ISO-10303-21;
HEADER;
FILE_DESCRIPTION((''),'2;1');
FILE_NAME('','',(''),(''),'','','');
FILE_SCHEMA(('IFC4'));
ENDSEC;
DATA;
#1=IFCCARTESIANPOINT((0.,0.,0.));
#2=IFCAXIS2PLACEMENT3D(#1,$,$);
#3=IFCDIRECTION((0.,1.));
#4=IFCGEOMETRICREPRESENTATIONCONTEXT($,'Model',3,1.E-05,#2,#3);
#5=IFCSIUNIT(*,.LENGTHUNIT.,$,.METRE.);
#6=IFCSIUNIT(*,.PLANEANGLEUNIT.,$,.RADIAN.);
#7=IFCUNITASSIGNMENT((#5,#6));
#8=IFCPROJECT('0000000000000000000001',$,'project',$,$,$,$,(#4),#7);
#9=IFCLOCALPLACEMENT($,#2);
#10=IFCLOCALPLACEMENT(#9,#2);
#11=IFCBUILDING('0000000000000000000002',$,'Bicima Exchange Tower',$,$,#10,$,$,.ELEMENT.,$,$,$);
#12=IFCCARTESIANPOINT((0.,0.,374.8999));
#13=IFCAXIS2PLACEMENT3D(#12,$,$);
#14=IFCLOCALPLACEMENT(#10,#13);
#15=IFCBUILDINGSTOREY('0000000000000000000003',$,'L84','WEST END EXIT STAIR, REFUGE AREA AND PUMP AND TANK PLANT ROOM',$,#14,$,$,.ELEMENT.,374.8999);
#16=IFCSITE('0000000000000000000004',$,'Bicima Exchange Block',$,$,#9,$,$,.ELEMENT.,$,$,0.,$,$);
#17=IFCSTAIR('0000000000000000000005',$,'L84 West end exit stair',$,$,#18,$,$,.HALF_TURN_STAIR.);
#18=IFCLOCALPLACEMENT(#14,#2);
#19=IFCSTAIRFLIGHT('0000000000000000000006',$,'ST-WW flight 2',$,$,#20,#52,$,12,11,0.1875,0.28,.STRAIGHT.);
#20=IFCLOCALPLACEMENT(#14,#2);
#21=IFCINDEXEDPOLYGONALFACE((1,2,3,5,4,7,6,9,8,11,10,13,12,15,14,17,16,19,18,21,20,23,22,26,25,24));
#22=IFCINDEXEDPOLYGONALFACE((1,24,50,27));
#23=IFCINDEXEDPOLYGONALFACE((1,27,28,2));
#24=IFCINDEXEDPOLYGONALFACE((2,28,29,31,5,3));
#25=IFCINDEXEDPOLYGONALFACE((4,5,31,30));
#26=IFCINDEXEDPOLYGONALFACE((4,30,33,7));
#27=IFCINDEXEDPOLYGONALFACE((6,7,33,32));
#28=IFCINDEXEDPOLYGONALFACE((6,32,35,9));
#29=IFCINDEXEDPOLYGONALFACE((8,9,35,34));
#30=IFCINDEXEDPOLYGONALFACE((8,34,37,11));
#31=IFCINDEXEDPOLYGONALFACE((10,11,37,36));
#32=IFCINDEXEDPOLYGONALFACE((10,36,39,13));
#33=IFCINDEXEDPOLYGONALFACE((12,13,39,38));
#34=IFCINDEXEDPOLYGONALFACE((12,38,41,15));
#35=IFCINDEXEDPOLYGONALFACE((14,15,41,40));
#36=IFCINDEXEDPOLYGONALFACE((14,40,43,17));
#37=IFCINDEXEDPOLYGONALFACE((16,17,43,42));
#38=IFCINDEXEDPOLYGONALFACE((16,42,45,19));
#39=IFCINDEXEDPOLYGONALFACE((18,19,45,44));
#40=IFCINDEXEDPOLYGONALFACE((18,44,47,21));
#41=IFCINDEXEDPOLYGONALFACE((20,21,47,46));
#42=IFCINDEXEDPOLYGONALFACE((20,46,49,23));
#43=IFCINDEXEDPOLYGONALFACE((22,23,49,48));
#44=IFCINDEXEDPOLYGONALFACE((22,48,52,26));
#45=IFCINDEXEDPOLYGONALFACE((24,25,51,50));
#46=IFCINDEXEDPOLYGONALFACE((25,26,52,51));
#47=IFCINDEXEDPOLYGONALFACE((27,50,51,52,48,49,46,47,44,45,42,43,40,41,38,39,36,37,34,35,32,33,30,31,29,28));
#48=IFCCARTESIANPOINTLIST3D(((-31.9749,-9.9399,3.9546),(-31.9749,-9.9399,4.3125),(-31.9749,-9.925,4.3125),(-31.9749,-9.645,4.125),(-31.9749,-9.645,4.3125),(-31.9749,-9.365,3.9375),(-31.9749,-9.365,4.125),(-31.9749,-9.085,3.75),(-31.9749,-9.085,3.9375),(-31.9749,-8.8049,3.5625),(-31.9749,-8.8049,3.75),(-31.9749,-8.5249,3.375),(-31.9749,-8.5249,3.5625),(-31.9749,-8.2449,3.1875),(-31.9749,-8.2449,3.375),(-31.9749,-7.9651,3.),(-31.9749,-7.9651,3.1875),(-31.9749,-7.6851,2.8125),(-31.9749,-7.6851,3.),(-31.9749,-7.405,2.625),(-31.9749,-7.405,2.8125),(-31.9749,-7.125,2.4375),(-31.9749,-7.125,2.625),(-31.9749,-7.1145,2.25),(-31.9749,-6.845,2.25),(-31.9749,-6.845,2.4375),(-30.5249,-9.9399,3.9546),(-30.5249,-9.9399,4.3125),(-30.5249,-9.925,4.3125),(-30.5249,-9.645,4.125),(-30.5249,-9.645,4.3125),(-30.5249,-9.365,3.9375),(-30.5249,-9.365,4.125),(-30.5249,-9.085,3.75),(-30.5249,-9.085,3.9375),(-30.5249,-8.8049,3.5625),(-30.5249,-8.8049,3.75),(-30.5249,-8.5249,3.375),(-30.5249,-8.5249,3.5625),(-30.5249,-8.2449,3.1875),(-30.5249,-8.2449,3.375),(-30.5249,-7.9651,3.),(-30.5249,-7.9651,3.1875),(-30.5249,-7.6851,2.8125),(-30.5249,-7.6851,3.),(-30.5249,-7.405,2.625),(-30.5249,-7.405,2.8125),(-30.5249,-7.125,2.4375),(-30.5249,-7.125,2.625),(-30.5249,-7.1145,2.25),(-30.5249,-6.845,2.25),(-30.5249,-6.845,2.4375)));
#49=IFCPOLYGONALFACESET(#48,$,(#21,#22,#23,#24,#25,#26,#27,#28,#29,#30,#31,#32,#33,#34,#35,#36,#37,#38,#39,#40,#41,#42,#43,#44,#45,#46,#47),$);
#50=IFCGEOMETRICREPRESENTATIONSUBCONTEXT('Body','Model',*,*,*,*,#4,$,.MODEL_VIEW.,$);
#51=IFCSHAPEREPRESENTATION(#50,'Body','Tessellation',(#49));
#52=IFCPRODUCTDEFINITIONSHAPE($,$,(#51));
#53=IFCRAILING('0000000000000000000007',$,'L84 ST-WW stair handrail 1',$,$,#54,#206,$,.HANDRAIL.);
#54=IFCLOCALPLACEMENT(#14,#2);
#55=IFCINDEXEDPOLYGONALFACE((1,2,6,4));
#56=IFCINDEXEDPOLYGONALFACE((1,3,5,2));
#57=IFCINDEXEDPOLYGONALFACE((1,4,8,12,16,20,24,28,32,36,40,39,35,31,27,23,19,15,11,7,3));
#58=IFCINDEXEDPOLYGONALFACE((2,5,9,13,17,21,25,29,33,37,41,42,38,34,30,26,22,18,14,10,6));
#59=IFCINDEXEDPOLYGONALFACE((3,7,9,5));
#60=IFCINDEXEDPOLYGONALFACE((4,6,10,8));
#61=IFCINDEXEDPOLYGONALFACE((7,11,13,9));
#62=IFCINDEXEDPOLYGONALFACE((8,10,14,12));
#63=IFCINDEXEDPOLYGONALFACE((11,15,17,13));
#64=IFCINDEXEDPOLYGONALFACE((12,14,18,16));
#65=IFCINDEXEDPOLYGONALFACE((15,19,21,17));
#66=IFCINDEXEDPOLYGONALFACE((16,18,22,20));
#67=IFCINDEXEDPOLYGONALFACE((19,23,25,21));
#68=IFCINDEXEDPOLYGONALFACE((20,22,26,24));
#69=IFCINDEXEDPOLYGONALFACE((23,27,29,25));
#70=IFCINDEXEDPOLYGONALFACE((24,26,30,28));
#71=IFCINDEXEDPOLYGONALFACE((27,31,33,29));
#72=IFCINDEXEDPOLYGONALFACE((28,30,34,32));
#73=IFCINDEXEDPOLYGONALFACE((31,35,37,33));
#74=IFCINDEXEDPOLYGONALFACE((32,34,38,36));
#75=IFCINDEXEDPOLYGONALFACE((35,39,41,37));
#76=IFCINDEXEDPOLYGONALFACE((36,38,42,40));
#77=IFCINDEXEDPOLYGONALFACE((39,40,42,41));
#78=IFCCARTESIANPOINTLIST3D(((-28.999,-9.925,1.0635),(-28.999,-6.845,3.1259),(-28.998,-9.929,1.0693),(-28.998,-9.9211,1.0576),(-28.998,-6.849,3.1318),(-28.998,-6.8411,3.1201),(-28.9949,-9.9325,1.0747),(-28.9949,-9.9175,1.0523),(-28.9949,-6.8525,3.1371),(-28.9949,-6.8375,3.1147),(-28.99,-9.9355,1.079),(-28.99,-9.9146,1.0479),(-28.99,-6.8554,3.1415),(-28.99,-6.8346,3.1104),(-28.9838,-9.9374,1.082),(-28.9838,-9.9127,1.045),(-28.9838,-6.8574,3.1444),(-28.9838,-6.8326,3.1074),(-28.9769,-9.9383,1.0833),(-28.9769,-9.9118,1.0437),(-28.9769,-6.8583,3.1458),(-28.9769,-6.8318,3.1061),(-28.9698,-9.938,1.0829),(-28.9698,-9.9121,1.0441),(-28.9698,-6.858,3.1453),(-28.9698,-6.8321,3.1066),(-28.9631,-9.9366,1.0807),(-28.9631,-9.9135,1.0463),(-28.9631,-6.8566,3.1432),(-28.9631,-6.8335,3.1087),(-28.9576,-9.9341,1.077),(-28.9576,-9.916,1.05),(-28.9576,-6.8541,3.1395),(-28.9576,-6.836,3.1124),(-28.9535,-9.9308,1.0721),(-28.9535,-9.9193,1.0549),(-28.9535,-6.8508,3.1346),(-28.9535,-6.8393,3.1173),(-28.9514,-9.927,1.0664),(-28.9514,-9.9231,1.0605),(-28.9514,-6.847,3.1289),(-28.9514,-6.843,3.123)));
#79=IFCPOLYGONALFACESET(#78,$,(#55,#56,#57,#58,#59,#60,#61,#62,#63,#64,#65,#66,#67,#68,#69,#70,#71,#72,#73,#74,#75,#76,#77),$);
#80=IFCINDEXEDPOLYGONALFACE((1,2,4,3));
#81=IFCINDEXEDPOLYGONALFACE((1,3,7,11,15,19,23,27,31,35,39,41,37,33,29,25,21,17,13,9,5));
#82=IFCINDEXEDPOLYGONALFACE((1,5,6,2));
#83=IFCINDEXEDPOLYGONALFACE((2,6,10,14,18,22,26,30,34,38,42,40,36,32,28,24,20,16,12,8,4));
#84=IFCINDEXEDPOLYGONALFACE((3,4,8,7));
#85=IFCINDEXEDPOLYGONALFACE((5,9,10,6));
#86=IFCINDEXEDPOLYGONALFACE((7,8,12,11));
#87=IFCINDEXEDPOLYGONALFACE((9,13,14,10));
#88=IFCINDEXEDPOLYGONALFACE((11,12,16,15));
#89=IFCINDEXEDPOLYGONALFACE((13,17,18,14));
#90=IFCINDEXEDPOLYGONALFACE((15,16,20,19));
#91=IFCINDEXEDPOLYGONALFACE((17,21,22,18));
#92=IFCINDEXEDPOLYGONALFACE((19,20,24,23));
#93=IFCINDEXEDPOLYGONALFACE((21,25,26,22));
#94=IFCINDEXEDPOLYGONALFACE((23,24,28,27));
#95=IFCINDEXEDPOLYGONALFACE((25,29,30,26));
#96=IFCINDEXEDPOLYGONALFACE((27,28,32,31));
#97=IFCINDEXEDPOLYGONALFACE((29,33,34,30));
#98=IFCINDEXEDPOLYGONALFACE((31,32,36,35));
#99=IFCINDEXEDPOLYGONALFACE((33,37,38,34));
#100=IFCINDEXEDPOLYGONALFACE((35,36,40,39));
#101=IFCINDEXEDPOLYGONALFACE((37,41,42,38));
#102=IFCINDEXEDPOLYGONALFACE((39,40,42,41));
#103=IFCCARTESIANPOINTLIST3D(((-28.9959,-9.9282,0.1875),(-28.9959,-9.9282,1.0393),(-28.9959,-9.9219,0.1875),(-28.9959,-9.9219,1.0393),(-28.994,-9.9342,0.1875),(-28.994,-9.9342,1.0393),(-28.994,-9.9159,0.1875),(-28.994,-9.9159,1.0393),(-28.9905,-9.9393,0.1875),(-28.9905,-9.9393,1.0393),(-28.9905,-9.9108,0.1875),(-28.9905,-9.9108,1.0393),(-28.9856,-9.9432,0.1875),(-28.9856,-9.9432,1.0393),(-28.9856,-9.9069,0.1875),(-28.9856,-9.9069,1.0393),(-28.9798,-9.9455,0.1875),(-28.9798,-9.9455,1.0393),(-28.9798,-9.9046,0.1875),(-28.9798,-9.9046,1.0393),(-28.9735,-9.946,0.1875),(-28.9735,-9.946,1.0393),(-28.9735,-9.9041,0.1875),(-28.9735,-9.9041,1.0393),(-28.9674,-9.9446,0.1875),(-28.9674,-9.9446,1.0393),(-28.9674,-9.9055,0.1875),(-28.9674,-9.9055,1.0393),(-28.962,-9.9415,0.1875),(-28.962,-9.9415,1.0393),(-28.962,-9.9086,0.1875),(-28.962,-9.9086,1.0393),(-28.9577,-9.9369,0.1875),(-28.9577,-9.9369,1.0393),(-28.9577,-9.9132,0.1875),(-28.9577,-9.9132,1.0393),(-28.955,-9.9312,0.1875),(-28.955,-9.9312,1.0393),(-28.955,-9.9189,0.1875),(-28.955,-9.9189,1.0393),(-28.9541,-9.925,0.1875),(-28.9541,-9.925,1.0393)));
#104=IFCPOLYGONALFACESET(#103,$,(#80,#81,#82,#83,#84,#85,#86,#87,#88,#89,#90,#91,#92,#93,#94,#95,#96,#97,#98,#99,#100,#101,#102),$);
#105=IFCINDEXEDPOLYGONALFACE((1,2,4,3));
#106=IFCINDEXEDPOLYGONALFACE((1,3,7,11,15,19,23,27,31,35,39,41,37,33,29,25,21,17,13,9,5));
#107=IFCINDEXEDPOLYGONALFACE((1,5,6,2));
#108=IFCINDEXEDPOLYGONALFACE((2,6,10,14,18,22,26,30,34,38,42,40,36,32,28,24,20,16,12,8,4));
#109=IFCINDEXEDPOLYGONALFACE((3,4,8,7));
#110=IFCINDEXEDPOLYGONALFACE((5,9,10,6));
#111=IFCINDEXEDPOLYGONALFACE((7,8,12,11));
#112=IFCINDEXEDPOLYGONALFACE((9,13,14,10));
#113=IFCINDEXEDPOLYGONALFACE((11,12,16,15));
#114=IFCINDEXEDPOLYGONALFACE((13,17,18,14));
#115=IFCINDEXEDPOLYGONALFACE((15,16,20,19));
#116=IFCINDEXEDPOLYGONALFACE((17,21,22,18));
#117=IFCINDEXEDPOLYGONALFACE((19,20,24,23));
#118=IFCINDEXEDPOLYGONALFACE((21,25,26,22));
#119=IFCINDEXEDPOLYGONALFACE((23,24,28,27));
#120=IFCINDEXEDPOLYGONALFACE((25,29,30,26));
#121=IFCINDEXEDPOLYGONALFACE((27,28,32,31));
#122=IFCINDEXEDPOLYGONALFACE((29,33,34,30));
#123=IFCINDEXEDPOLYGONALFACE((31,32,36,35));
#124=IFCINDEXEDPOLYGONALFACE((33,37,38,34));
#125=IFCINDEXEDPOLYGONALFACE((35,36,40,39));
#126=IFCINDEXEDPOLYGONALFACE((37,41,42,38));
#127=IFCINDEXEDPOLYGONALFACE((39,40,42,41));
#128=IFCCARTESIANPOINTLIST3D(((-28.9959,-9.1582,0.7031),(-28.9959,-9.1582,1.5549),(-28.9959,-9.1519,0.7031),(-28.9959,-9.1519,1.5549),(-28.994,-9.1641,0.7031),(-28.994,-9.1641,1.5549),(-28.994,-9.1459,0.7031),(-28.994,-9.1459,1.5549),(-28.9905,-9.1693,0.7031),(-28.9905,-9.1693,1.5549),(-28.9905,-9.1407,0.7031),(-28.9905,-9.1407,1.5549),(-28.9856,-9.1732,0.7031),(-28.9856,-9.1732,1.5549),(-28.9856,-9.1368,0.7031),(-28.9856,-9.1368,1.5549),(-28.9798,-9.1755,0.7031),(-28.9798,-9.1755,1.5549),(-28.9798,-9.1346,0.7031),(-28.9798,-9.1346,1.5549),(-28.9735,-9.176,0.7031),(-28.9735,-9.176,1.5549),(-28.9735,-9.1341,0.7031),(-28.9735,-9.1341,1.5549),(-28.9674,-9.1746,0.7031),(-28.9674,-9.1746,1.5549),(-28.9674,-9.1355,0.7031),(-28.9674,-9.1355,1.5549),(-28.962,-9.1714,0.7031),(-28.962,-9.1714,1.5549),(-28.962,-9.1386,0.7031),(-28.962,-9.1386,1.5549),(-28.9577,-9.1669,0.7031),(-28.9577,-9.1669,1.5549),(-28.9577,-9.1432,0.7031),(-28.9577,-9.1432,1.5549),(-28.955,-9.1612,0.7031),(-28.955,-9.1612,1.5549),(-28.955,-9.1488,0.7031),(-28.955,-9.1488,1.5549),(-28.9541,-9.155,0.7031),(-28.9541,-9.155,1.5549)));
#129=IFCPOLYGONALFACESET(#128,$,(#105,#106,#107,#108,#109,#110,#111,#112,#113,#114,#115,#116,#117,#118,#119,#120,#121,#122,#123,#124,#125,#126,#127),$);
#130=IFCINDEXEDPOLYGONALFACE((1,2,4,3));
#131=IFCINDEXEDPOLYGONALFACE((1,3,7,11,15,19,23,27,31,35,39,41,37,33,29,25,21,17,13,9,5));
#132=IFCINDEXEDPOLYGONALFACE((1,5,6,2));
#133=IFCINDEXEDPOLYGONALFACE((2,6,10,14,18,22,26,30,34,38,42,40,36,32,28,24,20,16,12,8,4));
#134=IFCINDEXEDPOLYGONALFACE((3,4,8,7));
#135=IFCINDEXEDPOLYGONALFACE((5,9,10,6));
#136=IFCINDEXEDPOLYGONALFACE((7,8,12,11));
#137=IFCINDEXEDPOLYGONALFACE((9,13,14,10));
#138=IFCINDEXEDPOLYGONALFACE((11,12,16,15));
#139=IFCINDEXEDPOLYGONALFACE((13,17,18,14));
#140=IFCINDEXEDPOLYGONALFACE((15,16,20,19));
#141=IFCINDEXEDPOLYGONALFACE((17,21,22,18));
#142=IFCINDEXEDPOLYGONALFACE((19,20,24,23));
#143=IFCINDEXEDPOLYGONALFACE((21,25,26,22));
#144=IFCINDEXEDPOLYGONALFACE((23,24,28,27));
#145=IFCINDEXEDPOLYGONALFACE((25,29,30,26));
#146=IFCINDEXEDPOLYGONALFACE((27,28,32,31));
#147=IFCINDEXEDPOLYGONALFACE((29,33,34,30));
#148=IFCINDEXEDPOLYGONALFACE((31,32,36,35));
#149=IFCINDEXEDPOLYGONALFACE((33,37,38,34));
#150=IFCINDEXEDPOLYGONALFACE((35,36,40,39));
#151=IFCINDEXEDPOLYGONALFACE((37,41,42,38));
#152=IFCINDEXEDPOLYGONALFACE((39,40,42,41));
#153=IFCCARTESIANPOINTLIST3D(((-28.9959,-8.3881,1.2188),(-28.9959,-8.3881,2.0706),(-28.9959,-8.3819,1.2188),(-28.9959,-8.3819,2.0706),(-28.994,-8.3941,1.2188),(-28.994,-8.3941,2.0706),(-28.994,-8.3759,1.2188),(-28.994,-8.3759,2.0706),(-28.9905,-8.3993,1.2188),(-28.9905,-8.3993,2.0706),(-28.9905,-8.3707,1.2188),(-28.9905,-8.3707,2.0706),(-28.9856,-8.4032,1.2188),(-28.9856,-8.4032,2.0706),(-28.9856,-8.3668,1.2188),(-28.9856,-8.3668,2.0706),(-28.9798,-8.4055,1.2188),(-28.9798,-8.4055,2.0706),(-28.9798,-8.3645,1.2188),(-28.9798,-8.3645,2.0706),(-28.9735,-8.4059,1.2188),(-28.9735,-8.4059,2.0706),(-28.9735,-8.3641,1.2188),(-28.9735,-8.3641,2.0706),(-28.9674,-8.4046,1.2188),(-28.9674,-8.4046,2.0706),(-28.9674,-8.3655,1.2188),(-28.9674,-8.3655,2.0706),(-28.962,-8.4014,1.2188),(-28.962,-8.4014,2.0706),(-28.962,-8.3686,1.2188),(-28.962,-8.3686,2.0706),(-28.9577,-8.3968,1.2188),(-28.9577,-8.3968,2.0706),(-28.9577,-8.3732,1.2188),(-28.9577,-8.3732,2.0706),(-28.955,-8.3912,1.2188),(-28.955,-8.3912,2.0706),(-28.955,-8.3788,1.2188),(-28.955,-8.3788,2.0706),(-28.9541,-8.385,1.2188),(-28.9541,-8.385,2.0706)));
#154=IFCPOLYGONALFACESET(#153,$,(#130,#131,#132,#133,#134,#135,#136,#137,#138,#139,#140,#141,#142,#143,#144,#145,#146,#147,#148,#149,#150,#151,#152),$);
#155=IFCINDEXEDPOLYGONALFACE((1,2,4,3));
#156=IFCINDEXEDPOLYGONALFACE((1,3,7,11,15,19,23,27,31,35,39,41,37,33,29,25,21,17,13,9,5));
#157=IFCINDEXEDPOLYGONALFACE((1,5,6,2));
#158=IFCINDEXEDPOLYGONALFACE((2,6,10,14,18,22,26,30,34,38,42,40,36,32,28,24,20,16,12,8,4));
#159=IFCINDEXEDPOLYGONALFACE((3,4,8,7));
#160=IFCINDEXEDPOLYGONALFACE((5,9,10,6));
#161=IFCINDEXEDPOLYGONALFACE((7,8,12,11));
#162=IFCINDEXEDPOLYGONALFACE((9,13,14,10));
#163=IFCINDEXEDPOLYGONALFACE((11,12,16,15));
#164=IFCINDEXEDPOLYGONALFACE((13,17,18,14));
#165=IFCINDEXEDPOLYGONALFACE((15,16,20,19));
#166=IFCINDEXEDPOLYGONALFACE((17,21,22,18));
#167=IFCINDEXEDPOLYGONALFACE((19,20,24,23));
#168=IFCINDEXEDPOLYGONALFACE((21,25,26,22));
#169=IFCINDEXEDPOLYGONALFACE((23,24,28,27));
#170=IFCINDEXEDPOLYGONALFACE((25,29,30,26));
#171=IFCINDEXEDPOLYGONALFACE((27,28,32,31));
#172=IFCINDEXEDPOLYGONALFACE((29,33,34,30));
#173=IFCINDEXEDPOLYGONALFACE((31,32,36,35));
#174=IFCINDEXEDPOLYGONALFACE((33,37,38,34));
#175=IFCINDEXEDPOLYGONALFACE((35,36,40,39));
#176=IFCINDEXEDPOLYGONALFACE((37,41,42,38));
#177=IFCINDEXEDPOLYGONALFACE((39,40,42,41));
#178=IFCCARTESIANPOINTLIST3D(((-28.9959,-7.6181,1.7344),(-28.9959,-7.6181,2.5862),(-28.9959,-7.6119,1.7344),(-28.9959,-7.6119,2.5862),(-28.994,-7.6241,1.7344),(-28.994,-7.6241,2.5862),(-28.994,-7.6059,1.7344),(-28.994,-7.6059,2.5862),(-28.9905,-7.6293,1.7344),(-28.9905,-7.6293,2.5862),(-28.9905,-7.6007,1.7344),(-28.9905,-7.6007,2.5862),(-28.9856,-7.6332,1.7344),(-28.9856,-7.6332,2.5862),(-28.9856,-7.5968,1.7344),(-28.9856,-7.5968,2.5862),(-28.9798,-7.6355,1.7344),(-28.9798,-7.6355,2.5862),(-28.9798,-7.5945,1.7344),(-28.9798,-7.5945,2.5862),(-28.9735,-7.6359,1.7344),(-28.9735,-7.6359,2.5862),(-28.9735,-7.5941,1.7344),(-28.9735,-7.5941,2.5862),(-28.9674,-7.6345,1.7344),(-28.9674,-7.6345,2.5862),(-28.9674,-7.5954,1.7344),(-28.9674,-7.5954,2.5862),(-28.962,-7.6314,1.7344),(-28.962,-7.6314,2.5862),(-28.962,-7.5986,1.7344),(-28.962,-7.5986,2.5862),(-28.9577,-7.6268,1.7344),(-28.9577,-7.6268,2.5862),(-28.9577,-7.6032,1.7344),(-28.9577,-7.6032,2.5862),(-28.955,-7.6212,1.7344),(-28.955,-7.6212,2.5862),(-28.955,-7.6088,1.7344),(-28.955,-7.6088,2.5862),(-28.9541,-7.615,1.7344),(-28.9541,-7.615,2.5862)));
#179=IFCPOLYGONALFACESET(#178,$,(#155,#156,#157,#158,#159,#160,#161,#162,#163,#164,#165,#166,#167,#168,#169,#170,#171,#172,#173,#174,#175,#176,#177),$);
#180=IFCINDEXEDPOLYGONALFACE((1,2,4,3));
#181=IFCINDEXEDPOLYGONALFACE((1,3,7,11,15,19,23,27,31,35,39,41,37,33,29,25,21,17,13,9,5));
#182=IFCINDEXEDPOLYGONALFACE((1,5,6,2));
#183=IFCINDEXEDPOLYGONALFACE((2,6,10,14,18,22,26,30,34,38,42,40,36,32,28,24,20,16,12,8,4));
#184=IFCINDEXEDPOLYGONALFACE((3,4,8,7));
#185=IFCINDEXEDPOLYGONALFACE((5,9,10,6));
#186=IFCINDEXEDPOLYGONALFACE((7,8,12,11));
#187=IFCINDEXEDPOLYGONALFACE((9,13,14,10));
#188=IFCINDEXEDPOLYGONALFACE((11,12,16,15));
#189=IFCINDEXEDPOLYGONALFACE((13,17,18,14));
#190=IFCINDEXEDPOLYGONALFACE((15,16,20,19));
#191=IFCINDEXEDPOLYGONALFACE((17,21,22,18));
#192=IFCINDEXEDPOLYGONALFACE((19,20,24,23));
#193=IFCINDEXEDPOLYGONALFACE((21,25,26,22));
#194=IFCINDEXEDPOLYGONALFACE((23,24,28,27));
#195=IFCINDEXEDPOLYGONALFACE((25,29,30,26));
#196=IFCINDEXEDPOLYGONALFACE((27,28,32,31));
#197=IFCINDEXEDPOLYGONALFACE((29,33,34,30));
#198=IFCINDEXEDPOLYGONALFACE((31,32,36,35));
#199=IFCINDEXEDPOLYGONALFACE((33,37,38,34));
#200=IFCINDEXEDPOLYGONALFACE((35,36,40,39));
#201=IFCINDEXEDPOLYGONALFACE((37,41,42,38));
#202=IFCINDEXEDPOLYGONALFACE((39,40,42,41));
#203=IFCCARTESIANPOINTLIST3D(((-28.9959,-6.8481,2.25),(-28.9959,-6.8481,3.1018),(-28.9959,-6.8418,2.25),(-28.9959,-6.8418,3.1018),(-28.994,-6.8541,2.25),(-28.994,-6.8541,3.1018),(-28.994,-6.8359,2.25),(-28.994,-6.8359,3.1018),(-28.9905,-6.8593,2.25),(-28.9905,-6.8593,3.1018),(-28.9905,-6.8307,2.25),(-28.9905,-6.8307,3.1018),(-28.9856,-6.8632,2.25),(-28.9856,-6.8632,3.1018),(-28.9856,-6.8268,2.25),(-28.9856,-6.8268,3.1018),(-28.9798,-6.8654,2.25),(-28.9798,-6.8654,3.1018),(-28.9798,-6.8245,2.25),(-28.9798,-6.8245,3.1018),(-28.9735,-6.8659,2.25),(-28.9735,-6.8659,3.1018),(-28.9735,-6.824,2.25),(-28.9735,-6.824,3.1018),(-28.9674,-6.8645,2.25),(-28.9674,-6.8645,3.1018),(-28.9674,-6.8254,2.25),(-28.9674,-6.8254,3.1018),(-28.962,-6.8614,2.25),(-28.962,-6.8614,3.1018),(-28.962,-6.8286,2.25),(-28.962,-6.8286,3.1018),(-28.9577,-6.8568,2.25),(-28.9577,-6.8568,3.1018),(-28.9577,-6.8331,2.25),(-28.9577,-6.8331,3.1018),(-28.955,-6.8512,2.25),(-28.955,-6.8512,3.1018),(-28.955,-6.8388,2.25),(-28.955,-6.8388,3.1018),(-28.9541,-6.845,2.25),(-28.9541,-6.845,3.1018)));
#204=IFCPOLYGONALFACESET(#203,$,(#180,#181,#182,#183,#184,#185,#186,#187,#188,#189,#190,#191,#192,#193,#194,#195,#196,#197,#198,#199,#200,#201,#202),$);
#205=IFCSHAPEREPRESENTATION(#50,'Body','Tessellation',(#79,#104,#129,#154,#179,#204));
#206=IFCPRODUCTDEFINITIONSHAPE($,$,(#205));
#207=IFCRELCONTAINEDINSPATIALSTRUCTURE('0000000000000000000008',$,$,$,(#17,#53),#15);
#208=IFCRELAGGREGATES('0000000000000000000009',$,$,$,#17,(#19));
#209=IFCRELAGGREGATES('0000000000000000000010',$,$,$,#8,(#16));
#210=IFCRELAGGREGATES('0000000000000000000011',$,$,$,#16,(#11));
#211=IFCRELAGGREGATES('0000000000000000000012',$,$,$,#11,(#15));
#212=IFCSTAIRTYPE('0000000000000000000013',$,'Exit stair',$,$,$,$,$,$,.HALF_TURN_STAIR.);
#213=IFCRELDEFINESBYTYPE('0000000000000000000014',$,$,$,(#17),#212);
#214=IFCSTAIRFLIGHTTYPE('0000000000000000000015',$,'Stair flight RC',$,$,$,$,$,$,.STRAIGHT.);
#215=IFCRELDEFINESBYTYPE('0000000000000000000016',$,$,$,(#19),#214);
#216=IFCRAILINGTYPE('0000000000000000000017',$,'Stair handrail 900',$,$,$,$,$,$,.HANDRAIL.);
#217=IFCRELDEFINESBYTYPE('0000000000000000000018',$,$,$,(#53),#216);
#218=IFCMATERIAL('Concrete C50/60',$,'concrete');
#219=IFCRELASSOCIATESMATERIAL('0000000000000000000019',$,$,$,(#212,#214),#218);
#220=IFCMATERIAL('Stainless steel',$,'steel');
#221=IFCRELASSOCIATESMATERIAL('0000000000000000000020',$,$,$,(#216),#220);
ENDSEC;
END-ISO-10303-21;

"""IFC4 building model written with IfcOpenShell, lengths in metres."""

from ifc_helpers import new_model, si_unit, direction, frame, origin, origin_2d, place, context, subcontext, project, spatial, polyline, circle, outline, extrude, material, type_object, element, aggregate, save


model = new_model("IFC4")

# Units and contexts
model_context = context("Model", 3, precision=1e-05, world=origin(), true_north=direction((0.0, 1.0)))
body_context = subcontext(model_context, "Body", "Model", "MODEL_VIEW")
ifc_project = project(units=[si_unit("LENGTHUNIT", "METRE"), si_unit("PLANEANGLEUNIT", "RADIAN")], contexts=[model_context])

# Site, building, storey
site_placement = place(None, origin())
site = spatial("IfcSite", under=ifc_project, at=site_placement, Name="Bicima Exchange Block", CompositionType="ELEMENT", RefElevation=0.0)
building_placement = place(site_placement, origin())
building = spatial("IfcBuilding", under=site, at=building_placement, Name="Bicima Exchange Tower", CompositionType="ELEMENT")
storey_placement = place(building_placement, frame((0.0, 0.0, 374.8999)))
storey = spatial("IfcBuildingStorey", under=building, at=storey_placement, Name="L84", Description="WEST END EXIT STAIR, REFUGE AREA AND PUMP AND TANK PLANT ROOM", CompositionType="ELEMENT", Elevation=374.8999)

# Shared definitions
ifc_material_1 = material(Name="Concrete C50/60", Category="concrete")

# Stair, stair flight
stair_type = type_object("IfcStairType", Name="Exit stair", PredefinedType="HALF_TURN_STAIR", material=ifc_material_1)
stair_placement = place(storey_placement, origin())
stair = element("IfcStair", 1, at=stair_placement, inside=storey, type_object=stair_type, Name="L84 West end exit stair", PredefinedType="HALF_TURN_STAIR")
stair_flight_type = type_object("IfcStairFlightType", Name="Stair flight RC", PredefinedType="STRAIGHT", material=ifc_material_1)
stair_flight_1_placement = place(storey_placement, frame((-31.25, -6.845, 2.25), z_axis=(0.0, 0.0, 1.0), x_axis=(0.0, -1.0, 0.0)))
stair_flight_1 = element("IfcStairFlight", 2, at=stair_flight_1_placement, type_object=stair_flight_type, Name="ST-WW flight 2", NumberOfRisers=12, NumberOfTreads=11, PredefinedType="STRAIGHT", RiserHeight=0.1875, TreadLength=0.28, context=body_context, shape_type="SweptSolid", body=[
    extrude(outline(polyline([(0.0, 0.0), (0.0, 0.1875), (0.28, 0.1875), (0.28, 0.375), (0.5601, 0.375), (0.5601, 0.5625), (0.8401, 0.5625), (0.8401, 0.75), (1.1201, 0.75), (1.1201, 0.9375), (1.3999, 0.9375), (1.3999, 1.125), (1.6799, 1.125), (1.6799, 1.3125), (1.96, 1.3125), (1.96, 1.5), (2.24, 1.5), (2.24, 1.6875), (2.52, 1.6875), (2.52, 1.875), (2.8, 1.875), (2.8, 2.0625), (3.0801, 2.0625), (3.095, 2.0625), (3.095, 1.7046), (0.2695, 0.0), (0.0, 0.0)])), frame((0.0, 0.7251, 0.0), z_axis=(0.0, -1.0, 0.0), x_axis=(1.0, 0.0, 0.0)), (0.0, 0.0, 1.0), 1.45),
])
aggregate(stair, [stair_flight_1])

# Railing
ifc_material_2 = material(Name="Stainless steel", Category="steel")
railing_type_1 = type_object("IfcRailingType", Name="Stair handrail 900", PredefinedType="HANDRAIL", material=ifc_material_2)
railing_1_placement = place(storey_placement, frame((-28.9751, -9.925, 0.1875)))
element("IfcRailing", 3, at=railing_1_placement, inside=storey, type_object=railing_type_1, Name="L84 ST-WW stair handrail 1", PredefinedType="HANDRAIL", context=body_context, shape_type="SweptSolid", body=[
    extrude(circle(Radius=0.0239, at=origin_2d()), frame((0.0, 0.0, 0.876), z_axis=(0.0, 0.830914, 0.556401), x_axis=(-1.0, 0.0, 0.0)), (0.0, 0.0, 1.0), 3.7068),
    extrude(circle(Radius=0.021, at=origin_2d()), origin(), (0.0, 0.0, 1.0), 0.8518),
    extrude(circle(Radius=0.021, at=origin_2d()), frame((0.0, 0.77, 0.5156)), (0.0, 0.0, 1.0), 0.8518),
    extrude(circle(Radius=0.021, at=origin_2d()), frame((0.0, 1.54, 1.0312)), (0.0, 0.0, 1.0), 0.8518),
    extrude(circle(Radius=0.021, at=origin_2d()), frame((0.0, 2.3101, 1.5469)), (0.0, 0.0, 1.0), 0.8518),
    extrude(circle(Radius=0.021, at=origin_2d()), frame((0.0, 3.0801, 2.0625)), (0.0, 0.0, 1.0), 0.8518),
])

save(model, "model.ifc")
